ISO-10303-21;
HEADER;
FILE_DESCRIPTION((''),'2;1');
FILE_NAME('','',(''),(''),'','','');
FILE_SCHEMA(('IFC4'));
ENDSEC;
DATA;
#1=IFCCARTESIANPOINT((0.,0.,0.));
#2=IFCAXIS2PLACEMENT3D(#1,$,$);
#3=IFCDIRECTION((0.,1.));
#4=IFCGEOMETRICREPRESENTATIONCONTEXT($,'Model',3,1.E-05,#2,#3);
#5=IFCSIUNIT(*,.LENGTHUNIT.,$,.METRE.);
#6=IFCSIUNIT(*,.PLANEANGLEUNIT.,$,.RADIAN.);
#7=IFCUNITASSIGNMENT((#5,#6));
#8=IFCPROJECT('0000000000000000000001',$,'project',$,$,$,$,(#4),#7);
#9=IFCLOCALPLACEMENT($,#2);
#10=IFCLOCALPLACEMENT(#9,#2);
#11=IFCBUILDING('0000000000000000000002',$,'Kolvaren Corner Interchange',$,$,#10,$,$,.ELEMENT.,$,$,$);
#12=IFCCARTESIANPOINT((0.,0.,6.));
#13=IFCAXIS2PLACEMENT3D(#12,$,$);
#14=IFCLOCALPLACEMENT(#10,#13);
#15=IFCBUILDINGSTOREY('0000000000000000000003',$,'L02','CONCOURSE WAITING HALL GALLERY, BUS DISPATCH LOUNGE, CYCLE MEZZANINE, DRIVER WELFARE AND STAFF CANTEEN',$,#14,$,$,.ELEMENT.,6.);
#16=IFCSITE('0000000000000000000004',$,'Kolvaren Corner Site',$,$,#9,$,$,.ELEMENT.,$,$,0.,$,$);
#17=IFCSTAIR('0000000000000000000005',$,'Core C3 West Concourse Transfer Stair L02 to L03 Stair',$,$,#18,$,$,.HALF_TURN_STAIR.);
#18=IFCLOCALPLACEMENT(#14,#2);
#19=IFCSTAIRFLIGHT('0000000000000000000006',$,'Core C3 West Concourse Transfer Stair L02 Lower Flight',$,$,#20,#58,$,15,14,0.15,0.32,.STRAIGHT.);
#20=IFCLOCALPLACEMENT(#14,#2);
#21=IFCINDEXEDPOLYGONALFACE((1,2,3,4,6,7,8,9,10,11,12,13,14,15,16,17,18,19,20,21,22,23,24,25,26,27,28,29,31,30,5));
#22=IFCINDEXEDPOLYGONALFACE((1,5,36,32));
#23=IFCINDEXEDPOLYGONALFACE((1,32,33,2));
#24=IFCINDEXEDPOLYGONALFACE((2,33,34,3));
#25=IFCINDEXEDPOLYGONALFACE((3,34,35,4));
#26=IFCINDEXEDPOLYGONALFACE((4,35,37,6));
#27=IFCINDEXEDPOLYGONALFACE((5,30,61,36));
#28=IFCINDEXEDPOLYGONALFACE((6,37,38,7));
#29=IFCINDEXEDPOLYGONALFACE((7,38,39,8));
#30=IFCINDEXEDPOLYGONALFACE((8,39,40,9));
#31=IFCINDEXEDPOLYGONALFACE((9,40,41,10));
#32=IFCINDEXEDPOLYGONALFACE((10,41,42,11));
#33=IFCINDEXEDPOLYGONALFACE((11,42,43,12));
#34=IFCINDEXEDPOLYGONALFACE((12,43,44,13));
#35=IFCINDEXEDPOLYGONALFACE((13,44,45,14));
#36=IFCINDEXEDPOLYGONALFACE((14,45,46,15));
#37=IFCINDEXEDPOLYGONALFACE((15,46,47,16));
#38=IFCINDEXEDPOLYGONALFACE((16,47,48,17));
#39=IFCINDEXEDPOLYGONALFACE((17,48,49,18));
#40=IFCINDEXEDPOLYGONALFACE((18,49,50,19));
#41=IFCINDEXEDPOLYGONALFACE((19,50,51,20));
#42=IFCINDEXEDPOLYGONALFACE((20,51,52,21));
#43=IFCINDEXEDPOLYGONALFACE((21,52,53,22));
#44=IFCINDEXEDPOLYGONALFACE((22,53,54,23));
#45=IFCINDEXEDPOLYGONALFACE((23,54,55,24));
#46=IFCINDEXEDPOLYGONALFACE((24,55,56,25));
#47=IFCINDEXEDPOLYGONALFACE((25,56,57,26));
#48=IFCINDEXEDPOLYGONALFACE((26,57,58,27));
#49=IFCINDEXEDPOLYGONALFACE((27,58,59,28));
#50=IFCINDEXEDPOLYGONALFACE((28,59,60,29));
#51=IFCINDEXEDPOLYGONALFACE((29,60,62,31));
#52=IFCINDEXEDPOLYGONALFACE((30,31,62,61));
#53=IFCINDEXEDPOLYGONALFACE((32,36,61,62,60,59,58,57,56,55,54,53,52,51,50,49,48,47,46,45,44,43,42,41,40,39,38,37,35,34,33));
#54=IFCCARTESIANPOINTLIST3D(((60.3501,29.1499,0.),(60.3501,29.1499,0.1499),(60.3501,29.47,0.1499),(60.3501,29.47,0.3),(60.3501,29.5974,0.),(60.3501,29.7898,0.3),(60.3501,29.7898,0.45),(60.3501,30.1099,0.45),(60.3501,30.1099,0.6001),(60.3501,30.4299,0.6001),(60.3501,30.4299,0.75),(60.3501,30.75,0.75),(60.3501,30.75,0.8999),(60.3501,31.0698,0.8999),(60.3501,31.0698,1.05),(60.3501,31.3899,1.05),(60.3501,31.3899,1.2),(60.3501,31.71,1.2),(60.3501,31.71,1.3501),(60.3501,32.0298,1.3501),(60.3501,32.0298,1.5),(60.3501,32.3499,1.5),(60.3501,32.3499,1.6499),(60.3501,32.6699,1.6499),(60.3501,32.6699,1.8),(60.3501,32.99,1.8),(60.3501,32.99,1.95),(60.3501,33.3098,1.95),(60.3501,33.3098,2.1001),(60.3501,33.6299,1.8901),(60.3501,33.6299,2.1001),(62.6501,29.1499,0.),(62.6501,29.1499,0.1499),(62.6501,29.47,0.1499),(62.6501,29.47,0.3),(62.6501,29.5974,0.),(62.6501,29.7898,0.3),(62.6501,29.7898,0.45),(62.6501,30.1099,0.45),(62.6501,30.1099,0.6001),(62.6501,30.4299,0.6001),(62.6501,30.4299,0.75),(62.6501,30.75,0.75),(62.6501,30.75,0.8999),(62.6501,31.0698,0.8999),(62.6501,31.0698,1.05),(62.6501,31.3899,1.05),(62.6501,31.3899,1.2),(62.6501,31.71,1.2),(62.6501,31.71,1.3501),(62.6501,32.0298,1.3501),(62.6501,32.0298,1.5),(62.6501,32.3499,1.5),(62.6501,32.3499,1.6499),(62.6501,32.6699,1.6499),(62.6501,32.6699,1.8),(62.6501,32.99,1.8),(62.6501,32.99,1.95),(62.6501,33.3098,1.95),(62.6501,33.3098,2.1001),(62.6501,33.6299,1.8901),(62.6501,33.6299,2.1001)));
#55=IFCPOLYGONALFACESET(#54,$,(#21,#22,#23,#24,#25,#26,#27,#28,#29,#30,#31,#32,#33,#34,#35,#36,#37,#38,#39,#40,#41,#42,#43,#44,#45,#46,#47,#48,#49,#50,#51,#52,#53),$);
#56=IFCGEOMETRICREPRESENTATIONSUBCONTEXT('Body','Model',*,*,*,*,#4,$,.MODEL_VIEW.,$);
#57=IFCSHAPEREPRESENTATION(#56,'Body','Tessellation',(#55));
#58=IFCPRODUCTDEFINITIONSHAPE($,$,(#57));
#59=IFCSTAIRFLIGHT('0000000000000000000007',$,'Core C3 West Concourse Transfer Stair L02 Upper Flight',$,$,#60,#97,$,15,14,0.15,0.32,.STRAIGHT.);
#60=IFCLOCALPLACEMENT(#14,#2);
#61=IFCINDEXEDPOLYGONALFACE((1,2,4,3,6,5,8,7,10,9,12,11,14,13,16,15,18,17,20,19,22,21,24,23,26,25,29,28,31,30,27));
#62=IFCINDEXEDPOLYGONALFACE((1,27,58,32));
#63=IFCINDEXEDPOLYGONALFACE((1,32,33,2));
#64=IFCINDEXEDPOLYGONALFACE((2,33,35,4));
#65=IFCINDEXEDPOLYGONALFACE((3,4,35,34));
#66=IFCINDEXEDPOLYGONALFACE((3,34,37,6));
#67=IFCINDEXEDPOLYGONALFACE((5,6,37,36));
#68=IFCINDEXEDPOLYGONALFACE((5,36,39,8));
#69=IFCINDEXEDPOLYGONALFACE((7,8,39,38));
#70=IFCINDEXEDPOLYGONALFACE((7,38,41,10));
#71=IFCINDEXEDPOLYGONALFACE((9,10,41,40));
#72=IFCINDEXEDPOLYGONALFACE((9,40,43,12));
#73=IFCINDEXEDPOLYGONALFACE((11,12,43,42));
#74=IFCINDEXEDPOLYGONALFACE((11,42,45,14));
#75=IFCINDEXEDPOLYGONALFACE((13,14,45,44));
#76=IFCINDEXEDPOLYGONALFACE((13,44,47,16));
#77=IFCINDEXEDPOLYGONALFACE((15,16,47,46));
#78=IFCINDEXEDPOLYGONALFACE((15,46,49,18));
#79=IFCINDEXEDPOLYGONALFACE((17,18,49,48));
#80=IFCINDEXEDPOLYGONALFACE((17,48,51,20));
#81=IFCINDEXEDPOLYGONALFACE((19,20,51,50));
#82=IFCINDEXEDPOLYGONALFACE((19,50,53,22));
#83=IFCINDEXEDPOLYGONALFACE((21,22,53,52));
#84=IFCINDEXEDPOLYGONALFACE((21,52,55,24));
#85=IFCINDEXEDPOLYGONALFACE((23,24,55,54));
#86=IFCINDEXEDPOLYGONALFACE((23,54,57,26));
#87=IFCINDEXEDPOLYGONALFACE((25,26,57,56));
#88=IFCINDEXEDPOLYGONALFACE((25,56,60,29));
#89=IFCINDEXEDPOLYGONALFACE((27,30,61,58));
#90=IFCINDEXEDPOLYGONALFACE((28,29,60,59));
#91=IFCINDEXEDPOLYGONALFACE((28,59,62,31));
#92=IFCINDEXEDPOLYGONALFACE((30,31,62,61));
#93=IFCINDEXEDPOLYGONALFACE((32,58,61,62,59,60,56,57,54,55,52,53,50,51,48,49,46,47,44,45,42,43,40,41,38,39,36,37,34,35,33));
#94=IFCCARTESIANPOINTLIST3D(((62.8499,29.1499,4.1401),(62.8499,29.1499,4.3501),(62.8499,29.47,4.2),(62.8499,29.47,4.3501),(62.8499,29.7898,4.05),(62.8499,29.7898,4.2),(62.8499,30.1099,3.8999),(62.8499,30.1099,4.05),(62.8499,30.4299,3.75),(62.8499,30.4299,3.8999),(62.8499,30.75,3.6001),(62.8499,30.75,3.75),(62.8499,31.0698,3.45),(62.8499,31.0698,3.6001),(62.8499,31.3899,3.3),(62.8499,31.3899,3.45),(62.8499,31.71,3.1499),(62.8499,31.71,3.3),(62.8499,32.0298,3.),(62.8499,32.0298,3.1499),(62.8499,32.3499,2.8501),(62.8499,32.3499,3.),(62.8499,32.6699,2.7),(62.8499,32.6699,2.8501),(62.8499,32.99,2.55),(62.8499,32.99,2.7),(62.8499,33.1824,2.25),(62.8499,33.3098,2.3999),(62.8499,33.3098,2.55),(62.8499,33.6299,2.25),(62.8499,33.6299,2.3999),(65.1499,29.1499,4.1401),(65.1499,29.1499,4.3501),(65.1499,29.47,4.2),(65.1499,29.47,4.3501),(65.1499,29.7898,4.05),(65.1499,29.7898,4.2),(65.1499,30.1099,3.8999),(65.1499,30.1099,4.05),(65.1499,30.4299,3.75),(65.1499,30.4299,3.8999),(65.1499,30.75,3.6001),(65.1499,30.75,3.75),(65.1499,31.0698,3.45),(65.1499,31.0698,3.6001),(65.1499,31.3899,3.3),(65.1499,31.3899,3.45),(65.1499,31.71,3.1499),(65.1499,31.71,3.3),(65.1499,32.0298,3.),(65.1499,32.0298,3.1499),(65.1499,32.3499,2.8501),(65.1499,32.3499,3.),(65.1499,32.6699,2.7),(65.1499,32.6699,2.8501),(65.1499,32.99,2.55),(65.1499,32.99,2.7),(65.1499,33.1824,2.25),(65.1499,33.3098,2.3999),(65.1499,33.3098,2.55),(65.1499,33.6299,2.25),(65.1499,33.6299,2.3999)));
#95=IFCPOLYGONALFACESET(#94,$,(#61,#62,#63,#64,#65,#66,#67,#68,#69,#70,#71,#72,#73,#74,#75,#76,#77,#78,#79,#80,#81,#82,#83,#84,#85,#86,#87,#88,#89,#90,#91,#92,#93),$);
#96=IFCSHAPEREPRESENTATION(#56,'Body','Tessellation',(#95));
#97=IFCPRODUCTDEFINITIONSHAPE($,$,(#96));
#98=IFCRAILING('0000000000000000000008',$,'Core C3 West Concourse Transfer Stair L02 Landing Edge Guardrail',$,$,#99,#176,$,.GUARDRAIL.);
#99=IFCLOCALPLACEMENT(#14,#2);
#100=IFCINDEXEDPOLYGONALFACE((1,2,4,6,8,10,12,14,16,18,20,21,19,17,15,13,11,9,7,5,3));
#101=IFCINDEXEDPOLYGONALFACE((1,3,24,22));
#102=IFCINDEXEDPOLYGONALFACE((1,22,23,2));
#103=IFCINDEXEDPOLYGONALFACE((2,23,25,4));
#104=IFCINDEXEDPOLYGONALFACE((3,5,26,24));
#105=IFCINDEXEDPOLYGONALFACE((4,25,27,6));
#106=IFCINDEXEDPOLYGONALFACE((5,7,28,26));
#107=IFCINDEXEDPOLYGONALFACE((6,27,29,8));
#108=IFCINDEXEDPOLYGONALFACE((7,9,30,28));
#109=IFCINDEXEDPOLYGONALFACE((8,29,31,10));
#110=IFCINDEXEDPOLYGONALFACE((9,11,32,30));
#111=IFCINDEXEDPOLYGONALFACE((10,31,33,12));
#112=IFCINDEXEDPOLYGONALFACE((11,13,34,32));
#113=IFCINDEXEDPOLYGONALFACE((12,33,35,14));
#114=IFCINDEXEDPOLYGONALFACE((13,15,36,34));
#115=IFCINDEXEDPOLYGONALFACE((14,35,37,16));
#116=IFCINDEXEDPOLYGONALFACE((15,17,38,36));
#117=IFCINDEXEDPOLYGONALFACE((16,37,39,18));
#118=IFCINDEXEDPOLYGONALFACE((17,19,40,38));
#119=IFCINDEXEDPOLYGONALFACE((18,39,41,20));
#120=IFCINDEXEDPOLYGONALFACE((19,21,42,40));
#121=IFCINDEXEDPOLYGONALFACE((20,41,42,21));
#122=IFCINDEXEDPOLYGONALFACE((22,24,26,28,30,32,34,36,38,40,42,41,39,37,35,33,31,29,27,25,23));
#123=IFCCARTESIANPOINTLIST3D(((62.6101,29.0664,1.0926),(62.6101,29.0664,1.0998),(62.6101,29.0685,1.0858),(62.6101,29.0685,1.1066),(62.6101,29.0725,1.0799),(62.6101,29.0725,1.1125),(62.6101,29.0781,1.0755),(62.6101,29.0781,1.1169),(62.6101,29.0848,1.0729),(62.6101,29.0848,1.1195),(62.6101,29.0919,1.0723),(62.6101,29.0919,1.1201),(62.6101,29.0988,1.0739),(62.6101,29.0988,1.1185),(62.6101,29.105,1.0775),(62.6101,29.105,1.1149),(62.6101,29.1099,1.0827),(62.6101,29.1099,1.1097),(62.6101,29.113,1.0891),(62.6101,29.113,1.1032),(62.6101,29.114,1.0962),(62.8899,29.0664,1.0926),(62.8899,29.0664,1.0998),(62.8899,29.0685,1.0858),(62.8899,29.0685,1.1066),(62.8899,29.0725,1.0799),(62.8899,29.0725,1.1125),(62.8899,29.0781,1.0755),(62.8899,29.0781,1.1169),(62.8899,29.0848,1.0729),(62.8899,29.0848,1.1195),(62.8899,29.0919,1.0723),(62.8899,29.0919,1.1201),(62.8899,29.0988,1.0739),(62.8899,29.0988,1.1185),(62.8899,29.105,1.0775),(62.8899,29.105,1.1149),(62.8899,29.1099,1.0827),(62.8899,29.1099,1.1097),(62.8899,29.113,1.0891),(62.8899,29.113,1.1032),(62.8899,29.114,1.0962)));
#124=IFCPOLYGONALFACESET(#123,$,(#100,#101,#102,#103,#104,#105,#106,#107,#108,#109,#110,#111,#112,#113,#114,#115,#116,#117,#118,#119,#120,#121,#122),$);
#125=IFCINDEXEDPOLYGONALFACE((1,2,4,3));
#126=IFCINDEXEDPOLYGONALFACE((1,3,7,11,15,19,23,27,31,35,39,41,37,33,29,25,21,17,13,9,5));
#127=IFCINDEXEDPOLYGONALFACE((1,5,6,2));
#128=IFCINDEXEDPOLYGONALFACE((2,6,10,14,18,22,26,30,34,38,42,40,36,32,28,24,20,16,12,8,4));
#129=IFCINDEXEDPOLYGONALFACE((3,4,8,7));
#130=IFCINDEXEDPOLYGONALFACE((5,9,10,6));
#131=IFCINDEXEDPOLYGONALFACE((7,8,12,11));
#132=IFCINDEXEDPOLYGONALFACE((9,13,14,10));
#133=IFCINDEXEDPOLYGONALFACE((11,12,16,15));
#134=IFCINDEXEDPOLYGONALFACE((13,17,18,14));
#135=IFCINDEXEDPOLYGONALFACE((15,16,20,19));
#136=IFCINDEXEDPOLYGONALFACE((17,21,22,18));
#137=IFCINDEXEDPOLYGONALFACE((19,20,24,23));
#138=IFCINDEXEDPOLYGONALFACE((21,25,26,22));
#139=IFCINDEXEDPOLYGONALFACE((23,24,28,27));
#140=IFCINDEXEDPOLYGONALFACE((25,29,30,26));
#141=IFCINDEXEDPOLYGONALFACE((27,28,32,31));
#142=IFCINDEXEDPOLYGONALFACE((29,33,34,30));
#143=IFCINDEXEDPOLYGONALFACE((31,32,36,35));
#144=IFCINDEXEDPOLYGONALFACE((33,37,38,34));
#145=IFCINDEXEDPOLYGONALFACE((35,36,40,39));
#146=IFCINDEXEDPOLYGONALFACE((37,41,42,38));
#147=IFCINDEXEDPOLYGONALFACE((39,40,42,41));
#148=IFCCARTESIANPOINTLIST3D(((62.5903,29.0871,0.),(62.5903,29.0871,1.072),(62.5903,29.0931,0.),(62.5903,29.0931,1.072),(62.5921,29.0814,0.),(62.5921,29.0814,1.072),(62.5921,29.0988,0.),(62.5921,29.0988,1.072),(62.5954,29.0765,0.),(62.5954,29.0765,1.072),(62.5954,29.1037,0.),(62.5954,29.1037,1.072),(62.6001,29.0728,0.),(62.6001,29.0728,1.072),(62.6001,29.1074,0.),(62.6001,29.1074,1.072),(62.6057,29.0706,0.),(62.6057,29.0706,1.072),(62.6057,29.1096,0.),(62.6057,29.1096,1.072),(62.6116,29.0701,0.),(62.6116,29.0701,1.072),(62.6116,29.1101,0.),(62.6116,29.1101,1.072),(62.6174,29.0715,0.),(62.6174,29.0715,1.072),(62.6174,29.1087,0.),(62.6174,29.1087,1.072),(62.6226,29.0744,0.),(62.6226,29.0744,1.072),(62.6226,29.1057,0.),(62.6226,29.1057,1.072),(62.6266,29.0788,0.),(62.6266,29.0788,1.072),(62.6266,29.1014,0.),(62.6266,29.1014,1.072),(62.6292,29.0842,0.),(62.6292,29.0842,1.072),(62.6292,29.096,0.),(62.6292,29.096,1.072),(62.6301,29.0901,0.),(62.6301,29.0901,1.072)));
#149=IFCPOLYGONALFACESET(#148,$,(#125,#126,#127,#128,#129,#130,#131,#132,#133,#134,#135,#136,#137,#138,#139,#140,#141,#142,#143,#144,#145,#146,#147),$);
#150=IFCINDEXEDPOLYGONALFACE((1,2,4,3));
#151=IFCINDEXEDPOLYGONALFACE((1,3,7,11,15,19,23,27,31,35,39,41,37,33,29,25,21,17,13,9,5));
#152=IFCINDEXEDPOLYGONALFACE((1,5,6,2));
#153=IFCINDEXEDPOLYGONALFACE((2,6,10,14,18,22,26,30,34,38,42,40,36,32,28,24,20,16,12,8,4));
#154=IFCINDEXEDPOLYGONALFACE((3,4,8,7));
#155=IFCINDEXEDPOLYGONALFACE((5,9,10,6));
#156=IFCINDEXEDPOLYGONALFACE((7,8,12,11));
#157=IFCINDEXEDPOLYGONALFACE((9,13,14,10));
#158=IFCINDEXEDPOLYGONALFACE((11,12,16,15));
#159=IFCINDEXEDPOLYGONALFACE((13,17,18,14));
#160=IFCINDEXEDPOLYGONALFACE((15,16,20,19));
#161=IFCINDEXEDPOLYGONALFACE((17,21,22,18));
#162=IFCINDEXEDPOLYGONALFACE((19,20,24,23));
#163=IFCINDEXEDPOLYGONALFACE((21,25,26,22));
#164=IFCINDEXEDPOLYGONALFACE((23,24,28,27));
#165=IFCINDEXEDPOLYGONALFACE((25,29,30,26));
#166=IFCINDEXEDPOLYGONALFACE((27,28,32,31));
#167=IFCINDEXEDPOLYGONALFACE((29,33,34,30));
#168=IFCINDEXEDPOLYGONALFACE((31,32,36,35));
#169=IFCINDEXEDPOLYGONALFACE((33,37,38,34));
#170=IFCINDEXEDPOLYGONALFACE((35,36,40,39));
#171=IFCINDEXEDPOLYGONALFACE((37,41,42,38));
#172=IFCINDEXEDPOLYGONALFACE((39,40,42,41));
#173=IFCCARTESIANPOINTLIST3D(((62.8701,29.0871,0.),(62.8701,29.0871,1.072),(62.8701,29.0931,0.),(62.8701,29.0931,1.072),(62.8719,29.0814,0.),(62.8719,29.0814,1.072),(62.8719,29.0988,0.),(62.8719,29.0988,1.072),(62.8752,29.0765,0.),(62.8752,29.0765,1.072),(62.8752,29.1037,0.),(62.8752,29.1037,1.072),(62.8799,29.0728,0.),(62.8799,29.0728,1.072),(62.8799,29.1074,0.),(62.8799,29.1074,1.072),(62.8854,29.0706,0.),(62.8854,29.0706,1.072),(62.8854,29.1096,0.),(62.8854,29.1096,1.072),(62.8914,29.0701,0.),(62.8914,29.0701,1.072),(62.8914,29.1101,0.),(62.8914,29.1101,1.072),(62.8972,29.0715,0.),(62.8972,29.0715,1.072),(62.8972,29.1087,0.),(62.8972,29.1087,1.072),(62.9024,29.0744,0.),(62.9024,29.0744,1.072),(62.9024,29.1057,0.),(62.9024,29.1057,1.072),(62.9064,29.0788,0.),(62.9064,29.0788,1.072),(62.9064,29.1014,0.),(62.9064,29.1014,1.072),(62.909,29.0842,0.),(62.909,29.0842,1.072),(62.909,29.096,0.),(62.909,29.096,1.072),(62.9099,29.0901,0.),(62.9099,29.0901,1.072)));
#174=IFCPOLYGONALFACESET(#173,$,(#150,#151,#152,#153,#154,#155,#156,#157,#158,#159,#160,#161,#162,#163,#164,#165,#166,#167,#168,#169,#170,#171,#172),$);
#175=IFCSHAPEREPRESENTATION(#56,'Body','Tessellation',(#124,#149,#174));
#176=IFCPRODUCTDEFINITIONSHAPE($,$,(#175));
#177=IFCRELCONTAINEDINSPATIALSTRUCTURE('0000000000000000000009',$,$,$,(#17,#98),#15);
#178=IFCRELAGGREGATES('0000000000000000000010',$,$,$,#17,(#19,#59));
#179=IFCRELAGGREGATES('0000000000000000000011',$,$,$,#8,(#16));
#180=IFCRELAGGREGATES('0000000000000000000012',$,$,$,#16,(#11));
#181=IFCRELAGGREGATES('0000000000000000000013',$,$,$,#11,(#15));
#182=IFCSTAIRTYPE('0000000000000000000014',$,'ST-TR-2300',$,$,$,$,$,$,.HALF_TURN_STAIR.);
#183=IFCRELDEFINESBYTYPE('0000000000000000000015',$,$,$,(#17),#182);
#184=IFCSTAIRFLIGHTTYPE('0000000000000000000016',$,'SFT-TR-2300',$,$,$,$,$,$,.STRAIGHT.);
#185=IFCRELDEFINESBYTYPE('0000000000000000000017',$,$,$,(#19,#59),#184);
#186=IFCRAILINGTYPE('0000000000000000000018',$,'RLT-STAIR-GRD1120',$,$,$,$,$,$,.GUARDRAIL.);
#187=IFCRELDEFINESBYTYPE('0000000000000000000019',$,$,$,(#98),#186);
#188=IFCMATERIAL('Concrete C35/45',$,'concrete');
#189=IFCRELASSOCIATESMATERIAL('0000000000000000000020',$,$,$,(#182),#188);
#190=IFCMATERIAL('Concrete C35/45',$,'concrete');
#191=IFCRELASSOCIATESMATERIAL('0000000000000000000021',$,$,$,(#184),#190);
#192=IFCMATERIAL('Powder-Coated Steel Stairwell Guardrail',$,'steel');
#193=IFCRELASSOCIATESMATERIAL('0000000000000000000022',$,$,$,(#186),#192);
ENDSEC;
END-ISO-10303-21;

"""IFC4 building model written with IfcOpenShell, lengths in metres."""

from ifc_helpers import new_model, si_unit, direction, frame, origin, origin_2d, place, context, subcontext, project, spatial, polyline, circle, outline, extrude, material, type_object, element, aggregate, save


model = new_model("IFC4")

# Units and contexts
model_context = context("Model", 3, precision=1e-05, world=origin(), true_north=direction((0.0, 1.0)))
body_context = subcontext(model_context, "Body", "Model", "MODEL_VIEW")
ifc_project = project(units=[si_unit("LENGTHUNIT", "METRE"), si_unit("PLANEANGLEUNIT", "RADIAN")], contexts=[model_context])

# Site, building, storey
site_placement = place(None, origin())
site = spatial("IfcSite", under=ifc_project, at=site_placement, Name="Kolvaren Corner Site", CompositionType="ELEMENT", RefElevation=0.0)
building_placement = place(site_placement, origin())
building = spatial("IfcBuilding", under=site, at=building_placement, Name="Kolvaren Corner Interchange", CompositionType="ELEMENT")
storey_placement = place(building_placement, frame((0.0, 0.0, 6.0)))
storey = spatial("IfcBuildingStorey", under=building, at=storey_placement, Name="L02", Description="CONCOURSE WAITING HALL GALLERY, BUS DISPATCH LOUNGE, CYCLE MEZZANINE, DRIVER WELFARE AND STAFF CANTEEN", CompositionType="ELEMENT", Elevation=6.0)

# Stair, stair flights
ifc_material_1 = material(Name="Concrete C35/45", Category="concrete")
stair_type = type_object("IfcStairType", Name="ST-TR-2300", PredefinedType="HALF_TURN_STAIR", material=ifc_material_1)
stair_placement = place(storey_placement, origin())
stair = element("IfcStair", 1, at=stair_placement, inside=storey, type_object=stair_type, Name="Core C3 West Concourse Transfer Stair L02 to L03 Stair", PredefinedType="HALF_TURN_STAIR")
ifc_material_2 = material(Name="Concrete C35/45", Category="concrete")
stair_flight_type = type_object("IfcStairFlightType", Name="SFT-TR-2300", PredefinedType="STRAIGHT", material=ifc_material_2)
stair_flight_1_placement = place(storey_placement, frame((61.5, 29.1499, 0.0), z_axis=(0.0, 0.0, 1.0), x_axis=(0.0, 1.0, 0.0)))
stair_flight_1 = element("IfcStairFlight", 2, at=stair_flight_1_placement, type_object=stair_flight_type, Name="Core C3 West Concourse Transfer Stair L02 Lower Flight", NumberOfRisers=15, NumberOfTreads=14, PredefinedType="STRAIGHT", RiserHeight=0.15, TreadLength=0.32, context=body_context, shape_type="SweptSolid", body=[
    extrude(outline(polyline([(0.0, 0.0), (0.0, 0.1499), (0.3201, 0.1499), (0.3201, 0.3), (0.6399, 0.3), (0.6399, 0.45), (0.96, 0.45), (0.96, 0.6001), (1.28, 0.6001), (1.28, 0.75), (1.6001, 0.75), (1.6001, 0.8999), (1.9199, 0.8999), (1.9199, 1.05), (2.24, 1.05), (2.24, 1.2), (2.5601, 1.2), (2.5601, 1.3501), (2.8799, 1.3501), (2.8799, 1.5), (3.2, 1.5), (3.2, 1.6499), (3.52, 1.6499), (3.52, 1.8), (3.8401, 1.8), (3.8401, 1.95), (4.1599, 1.95), (4.1599, 2.1001), (4.48, 2.1001), (4.48, 2.25), (4.48, 1.8901), (0.4475, 0.0), (0.0, 0.0)])), frame((0.0, 1.1499, 0.0), z_axis=(0.0, -1.0, 0.0), x_axis=(1.0, 0.0, 0.0)), (0.0, 0.0, 1.0), 2.3),
])
stair_flight_2_placement = place(storey_placement, frame((64.0, 33.6299, 2.25), z_axis=(0.0, 0.0, 1.0), x_axis=(0.0, -1.0, 0.0)))
stair_flight_2 = element("IfcStairFlight", 3, at=stair_flight_2_placement, type_object=stair_flight_type, Name="Core C3 West Concourse Transfer Stair L02 Upper Flight", NumberOfRisers=15, NumberOfTreads=14, PredefinedType="STRAIGHT", RiserHeight=0.15, TreadLength=0.32, context=body_context, shape_type="SweptSolid", body=[
    extrude(outline(polyline([(0.0, 0.0), (0.0, 0.1499), (0.3201, 0.1499), (0.3201, 0.3), (0.6399, 0.3), (0.6399, 0.45), (0.96, 0.45), (0.96, 0.6001), (1.28, 0.6001), (1.28, 0.75), (1.6001, 0.75), (1.6001, 0.8999), (1.9199, 0.8999), (1.9199, 1.05), (2.24, 1.05), (2.24, 1.2), (2.5601, 1.2), (2.5601, 1.3501), (2.8799, 1.3501), (2.8799, 1.5), (3.2, 1.5), (3.2, 1.6499), (3.52, 1.6499), (3.52, 1.8), (3.8401, 1.8), (3.8401, 1.95), (4.1599, 1.95), (4.1599, 2.1001), (4.48, 2.1001), (4.48, 2.25), (4.48, 1.8901), (0.4475, 0.0), (0.0, 0.0)])), frame((0.0, 1.1499, 0.0), z_axis=(0.0, -1.0, 0.0), x_axis=(1.0, 0.0, 0.0)), (0.0, 0.0, 1.0), 2.3),
])

# Railing
ifc_material_3 = material(Name="Powder-Coated Steel Stairwell Guardrail", Category="steel")
railing_type_1 = type_object("IfcRailingType", Name="RLT-STAIR-GRD1120", PredefinedType="GUARDRAIL", material=ifc_material_3)
railing_1_placement = place(storey_placement, frame((62.6101, 29.0901, 0.0)))
element("IfcRailing", 4, at=railing_1_placement, inside=storey, type_object=railing_type_1, Name="Core C3 West Concourse Transfer Stair L02 Landing Edge Guardrail", PredefinedType="GUARDRAIL", context=body_context, shape_type="SweptSolid", body=[
    extrude(circle(Radius=0.0239, at=origin_2d()), frame((0.0, 0.0, 1.0962), z_axis=(1.0, 0.0, 0.0), x_axis=(0.0, 1.0, 0.0)), (0.0, 0.0, 1.0), 0.2798),
    extrude(circle(Radius=0.02, at=origin_2d()), origin(), (0.0, 0.0, 1.0), 1.072),
    extrude(circle(Radius=0.02, at=origin_2d()), frame((0.2798, 0.0, 0.0)), (0.0, 0.0, 1.0), 1.072),
])
aggregate(stair, [stair_flight_1, stair_flight_2])

save(model, "model.ifc")
